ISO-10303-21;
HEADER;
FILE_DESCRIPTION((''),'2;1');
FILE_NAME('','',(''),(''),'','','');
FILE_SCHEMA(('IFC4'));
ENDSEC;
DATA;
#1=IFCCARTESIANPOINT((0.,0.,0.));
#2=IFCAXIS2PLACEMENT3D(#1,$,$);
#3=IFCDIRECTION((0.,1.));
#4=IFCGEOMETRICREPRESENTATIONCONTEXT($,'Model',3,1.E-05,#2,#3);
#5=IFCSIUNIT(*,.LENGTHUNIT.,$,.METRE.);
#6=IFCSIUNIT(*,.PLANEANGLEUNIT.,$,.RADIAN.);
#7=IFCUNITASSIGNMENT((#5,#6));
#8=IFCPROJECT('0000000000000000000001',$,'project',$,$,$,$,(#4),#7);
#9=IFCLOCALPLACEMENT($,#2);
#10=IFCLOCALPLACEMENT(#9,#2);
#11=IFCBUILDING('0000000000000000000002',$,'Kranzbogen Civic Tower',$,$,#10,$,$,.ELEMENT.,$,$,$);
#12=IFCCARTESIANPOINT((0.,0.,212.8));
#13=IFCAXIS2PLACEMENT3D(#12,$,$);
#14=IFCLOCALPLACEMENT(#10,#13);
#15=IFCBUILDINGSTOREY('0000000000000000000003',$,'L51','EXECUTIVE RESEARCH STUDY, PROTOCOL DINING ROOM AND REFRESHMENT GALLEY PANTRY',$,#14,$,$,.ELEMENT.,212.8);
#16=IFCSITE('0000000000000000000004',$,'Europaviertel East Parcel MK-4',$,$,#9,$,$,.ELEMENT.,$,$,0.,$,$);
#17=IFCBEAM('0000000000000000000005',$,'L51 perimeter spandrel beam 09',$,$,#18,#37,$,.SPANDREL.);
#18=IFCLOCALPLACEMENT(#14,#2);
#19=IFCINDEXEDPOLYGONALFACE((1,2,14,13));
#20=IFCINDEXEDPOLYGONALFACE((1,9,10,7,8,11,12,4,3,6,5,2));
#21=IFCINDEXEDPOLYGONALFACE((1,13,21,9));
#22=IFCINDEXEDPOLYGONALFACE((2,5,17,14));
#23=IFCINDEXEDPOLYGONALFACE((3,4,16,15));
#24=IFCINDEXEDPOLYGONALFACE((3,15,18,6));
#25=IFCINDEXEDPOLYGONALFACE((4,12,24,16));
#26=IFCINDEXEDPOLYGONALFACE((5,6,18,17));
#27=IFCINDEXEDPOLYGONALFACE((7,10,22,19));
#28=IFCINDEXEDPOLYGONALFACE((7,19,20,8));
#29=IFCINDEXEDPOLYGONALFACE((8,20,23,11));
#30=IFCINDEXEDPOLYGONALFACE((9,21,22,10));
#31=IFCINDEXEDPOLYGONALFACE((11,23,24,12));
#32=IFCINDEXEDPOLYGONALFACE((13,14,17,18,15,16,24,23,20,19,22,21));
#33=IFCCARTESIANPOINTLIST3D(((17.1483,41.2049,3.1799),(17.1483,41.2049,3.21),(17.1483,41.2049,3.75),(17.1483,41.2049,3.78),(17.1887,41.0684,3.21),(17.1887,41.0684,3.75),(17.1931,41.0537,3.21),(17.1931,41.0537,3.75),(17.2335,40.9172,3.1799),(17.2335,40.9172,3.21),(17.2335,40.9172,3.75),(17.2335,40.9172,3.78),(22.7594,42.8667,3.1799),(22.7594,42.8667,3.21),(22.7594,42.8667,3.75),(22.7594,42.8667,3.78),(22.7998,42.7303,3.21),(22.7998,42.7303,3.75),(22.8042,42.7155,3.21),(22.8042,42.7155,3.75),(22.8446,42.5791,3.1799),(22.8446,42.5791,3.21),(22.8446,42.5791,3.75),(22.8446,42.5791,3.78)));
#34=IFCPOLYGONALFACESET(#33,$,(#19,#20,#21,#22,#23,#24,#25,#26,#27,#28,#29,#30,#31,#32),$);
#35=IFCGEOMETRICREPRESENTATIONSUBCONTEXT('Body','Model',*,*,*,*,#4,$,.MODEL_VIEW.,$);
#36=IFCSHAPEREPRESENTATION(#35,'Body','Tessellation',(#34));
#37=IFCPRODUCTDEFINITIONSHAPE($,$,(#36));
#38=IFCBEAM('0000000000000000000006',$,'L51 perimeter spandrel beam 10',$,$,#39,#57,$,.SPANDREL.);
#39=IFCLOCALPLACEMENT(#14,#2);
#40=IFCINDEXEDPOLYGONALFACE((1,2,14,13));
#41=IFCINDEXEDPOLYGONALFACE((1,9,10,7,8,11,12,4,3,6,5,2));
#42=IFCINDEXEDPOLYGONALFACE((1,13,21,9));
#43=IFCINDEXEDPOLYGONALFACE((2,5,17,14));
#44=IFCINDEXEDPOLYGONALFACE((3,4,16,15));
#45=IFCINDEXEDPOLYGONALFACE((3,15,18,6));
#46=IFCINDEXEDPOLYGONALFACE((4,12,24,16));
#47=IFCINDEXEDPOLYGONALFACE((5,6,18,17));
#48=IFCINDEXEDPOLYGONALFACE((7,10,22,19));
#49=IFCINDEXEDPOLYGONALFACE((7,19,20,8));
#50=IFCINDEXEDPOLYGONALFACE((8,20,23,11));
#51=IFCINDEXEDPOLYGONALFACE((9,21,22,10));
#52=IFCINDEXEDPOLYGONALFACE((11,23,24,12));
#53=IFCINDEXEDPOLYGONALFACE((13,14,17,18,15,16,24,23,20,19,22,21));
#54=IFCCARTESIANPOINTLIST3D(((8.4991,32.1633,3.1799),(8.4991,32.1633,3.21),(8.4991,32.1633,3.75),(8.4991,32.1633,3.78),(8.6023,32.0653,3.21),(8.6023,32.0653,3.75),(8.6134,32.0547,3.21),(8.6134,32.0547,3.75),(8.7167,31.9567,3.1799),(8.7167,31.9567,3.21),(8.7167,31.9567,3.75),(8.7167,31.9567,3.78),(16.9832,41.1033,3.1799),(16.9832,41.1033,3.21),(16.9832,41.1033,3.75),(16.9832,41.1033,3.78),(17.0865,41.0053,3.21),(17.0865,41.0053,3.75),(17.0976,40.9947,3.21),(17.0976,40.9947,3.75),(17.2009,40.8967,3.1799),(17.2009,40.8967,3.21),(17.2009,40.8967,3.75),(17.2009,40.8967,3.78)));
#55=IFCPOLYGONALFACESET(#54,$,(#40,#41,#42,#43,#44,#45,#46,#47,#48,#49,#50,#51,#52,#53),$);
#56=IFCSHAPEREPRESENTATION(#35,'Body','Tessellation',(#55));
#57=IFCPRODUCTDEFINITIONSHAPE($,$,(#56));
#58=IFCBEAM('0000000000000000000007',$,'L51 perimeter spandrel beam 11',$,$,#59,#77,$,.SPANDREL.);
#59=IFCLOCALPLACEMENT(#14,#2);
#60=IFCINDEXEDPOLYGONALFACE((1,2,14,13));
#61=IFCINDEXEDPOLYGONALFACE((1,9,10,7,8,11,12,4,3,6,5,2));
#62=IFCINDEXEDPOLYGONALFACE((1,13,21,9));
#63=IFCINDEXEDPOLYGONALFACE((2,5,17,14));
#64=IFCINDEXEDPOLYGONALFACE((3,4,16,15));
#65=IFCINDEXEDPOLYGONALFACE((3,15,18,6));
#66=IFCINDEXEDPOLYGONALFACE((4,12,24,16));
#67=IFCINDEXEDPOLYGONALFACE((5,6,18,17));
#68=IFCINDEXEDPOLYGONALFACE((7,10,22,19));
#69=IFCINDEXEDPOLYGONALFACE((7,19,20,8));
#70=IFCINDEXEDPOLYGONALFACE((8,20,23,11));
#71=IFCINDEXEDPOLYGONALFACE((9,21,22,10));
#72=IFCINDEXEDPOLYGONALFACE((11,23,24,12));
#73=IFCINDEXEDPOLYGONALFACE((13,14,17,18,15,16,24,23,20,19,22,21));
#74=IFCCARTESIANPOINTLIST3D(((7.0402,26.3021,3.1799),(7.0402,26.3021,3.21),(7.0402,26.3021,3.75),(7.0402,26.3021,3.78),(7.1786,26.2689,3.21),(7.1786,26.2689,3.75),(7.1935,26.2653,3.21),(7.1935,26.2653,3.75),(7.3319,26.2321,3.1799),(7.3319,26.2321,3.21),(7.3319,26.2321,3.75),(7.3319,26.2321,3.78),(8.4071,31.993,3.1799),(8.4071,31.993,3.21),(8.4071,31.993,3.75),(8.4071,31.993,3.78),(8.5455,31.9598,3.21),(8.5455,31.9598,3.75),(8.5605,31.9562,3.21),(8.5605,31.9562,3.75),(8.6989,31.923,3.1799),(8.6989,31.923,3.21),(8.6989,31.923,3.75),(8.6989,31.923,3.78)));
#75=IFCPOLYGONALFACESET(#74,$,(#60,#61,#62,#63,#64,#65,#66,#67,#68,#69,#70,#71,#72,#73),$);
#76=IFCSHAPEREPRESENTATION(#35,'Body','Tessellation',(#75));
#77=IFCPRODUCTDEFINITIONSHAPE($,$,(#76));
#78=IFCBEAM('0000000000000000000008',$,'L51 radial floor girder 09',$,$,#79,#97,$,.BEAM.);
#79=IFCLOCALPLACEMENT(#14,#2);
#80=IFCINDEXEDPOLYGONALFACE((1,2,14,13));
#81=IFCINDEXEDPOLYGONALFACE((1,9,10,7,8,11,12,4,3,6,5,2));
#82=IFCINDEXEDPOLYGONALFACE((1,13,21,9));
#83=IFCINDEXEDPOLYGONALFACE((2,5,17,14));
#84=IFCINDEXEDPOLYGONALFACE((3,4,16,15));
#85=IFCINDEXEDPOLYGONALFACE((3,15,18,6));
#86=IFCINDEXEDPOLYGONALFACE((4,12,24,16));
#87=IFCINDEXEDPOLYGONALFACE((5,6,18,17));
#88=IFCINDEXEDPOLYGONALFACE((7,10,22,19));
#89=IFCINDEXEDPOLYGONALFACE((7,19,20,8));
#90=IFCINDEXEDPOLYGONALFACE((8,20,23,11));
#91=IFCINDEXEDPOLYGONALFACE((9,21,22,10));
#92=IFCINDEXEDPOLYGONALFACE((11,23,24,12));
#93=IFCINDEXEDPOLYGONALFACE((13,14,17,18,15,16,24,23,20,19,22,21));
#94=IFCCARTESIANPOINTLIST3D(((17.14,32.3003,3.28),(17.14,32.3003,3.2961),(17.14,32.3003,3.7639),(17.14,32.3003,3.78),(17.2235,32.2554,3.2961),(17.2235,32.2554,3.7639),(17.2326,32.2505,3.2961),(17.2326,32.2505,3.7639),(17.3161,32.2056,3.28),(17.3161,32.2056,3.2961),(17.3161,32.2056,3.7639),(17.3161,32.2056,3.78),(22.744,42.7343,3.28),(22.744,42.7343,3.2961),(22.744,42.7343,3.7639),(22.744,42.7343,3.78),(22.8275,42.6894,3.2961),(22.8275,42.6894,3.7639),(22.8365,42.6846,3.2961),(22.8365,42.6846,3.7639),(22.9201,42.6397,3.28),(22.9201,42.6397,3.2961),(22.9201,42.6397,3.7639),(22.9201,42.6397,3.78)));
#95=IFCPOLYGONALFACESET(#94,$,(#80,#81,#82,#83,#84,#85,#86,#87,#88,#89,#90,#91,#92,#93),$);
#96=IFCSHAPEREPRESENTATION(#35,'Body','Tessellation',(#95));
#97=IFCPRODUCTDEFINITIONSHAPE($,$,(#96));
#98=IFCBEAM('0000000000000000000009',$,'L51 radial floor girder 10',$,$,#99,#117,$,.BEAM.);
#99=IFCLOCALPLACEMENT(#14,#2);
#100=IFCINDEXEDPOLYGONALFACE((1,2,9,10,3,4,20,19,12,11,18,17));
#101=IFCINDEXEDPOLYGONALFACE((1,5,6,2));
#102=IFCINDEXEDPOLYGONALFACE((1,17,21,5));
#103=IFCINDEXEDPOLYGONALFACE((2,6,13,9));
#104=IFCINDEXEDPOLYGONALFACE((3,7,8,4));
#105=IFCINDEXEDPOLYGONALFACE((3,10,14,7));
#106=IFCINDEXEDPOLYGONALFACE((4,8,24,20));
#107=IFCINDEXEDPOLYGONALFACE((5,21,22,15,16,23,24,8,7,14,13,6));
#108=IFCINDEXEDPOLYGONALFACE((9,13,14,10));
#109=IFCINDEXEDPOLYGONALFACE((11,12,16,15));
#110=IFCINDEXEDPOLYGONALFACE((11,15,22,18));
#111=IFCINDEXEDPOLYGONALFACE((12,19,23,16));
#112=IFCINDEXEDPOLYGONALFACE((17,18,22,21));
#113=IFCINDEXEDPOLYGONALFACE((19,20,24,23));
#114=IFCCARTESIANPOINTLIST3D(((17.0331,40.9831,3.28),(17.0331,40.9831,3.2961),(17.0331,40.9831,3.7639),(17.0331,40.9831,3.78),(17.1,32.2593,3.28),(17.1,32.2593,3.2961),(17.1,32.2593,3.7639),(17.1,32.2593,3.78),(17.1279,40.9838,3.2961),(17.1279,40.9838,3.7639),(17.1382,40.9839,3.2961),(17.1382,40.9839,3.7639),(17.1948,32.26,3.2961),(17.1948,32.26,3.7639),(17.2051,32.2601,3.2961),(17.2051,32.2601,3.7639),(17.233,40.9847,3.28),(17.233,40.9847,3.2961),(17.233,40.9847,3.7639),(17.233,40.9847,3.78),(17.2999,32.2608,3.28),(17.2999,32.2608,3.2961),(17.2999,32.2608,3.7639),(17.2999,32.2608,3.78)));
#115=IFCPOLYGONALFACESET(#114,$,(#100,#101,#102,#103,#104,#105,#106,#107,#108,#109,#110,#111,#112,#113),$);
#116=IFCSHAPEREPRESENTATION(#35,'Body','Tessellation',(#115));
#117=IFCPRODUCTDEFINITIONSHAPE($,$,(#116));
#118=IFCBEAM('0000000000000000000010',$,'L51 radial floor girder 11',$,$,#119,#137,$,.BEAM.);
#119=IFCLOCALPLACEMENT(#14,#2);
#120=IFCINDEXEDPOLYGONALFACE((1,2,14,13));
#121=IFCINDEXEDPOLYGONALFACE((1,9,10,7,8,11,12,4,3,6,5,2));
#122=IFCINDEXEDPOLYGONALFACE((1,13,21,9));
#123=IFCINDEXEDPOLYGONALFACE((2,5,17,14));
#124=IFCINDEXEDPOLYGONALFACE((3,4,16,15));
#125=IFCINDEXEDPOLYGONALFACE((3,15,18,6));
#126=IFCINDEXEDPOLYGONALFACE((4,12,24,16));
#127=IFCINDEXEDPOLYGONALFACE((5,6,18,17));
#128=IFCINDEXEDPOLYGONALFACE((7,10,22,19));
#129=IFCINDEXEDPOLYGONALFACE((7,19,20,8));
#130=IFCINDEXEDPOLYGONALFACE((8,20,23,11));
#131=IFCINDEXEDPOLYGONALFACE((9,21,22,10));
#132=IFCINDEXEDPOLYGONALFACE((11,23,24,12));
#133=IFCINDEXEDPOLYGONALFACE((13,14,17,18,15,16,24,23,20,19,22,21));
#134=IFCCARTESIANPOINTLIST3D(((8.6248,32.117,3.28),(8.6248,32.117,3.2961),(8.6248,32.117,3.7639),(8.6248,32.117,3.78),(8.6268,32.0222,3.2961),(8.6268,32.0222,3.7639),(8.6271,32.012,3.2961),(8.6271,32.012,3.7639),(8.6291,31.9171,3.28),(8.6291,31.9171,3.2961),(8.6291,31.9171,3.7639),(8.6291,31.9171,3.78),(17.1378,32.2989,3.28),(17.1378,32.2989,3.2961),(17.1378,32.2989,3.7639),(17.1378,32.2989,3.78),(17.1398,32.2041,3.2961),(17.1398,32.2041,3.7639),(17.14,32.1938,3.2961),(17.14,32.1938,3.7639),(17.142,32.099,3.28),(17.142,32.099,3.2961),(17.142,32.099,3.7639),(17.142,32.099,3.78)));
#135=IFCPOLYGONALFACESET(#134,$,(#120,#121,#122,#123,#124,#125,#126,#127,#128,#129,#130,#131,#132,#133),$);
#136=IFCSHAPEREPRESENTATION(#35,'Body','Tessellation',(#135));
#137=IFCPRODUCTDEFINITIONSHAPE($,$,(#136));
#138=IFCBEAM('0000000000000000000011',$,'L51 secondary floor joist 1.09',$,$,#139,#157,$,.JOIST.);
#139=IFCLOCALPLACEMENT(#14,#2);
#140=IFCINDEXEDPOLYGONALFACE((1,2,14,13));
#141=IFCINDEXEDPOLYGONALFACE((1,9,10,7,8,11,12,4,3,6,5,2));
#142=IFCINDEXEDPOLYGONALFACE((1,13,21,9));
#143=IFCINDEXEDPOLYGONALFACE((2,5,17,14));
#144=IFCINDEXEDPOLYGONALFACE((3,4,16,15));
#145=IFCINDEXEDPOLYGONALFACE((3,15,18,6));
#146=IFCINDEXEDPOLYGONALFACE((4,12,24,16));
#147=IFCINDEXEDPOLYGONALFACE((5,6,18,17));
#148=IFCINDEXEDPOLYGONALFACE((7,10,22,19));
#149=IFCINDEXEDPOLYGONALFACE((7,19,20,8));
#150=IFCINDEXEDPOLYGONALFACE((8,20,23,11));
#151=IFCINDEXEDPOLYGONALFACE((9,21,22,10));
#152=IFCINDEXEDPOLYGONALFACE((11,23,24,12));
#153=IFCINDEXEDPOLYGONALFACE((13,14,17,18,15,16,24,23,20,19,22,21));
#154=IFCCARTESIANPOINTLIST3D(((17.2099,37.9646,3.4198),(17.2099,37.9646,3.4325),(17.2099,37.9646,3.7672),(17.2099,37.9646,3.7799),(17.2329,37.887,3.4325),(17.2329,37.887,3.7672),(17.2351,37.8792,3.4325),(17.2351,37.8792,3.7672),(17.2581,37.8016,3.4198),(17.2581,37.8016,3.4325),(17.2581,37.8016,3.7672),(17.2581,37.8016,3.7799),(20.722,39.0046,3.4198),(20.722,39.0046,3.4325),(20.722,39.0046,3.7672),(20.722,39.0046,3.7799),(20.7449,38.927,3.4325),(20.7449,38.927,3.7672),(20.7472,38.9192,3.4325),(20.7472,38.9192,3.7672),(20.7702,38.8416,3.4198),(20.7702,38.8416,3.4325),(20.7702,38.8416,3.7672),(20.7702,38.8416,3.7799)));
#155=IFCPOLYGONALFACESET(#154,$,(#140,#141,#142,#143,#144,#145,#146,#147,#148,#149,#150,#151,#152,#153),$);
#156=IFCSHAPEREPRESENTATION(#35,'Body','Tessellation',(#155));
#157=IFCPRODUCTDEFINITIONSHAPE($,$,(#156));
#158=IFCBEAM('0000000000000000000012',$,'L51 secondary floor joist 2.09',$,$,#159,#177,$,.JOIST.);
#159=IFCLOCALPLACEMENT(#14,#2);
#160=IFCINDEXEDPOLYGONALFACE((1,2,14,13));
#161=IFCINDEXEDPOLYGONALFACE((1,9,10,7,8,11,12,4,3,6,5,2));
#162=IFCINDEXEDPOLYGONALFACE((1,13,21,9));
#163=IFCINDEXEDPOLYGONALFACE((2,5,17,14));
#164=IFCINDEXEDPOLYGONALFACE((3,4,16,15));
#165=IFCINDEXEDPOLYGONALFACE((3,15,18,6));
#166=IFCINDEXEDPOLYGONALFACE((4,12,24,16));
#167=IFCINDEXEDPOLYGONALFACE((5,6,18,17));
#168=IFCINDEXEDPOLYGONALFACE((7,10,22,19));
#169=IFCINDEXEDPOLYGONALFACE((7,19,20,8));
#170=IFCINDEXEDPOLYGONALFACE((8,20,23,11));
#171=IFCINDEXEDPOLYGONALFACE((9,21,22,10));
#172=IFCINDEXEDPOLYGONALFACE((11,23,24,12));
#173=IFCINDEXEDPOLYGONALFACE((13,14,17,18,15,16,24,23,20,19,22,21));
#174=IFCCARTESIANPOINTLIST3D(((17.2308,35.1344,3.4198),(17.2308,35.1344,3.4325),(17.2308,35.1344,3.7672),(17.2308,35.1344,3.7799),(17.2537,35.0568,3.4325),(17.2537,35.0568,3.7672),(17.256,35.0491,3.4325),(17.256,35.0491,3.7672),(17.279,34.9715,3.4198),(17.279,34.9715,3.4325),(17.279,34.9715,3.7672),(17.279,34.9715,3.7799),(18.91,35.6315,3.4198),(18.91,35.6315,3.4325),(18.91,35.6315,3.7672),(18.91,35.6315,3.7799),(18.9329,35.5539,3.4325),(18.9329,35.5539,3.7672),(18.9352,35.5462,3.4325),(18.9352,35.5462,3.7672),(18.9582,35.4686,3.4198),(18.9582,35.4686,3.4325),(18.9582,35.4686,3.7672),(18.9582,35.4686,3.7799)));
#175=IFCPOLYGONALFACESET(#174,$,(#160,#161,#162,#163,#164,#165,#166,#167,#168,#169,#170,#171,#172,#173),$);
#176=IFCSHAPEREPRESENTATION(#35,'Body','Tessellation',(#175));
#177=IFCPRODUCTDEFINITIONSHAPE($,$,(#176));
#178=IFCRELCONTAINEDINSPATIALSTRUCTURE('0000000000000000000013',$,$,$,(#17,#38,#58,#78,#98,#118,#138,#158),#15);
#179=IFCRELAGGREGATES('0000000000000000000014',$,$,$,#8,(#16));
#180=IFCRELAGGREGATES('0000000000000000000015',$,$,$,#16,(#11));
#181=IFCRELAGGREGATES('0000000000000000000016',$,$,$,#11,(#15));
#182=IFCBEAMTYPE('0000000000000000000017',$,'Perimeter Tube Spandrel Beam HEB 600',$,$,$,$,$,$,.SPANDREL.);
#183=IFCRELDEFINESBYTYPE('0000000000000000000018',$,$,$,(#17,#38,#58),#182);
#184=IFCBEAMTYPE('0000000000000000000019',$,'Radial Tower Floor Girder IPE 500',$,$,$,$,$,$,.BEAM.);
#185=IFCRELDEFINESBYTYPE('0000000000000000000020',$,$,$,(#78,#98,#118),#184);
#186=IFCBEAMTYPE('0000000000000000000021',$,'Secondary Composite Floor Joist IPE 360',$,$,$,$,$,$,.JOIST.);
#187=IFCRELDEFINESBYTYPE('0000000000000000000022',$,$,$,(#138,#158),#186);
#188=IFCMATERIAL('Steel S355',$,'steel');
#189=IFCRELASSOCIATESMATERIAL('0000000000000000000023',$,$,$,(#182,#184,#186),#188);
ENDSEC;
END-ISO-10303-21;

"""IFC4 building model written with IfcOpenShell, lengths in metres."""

from ifc_helpers import new_model, si_unit, direction, frame, origin, origin_2d, place, context, subcontext, project, spatial, i_section, extrude, material, material_profile, profile_set, type_object, element, save


model = new_model("IFC4")

# Units and contexts
model_context = context("Model", 3, precision=1e-05, world=origin(), true_north=direction((0.0, 1.0)))
body_context = subcontext(model_context, "Body", "Model", "MODEL_VIEW")
ifc_project = project(units=[si_unit("LENGTHUNIT", "METRE"), si_unit("PLANEANGLEUNIT", "RADIAN")], contexts=[model_context])

# Site, building, storey
site_placement = place(None, origin())
site = spatial("IfcSite", under=ifc_project, at=site_placement, Name="Europaviertel East Parcel MK-4", CompositionType="ELEMENT", RefElevation=0.0)
building_placement = place(site_placement, origin())
building = spatial("IfcBuilding", under=site, at=building_placement, Name="Kranzbogen Civic Tower", CompositionType="ELEMENT")
storey_placement = place(building_placement, frame((0.0, 0.0, 212.8)))
storey = spatial("IfcBuildingStorey", under=building, at=storey_placement, Name="L51", Description="EXECUTIVE RESEARCH STUDY, PROTOCOL DINING ROOM AND REFRESHMENT GALLEY PANTRY", CompositionType="ELEMENT", Elevation=212.8)

# Shared definitions
ifc_material_1 = material(Name="Steel S355", Category="steel")

# Beams
ifc_material_profile_1 = material_profile(ifc_material_1, i_section(OverallWidth=0.3, OverallDepth=0.6001, WebThickness=0.0154, FlangeThickness=0.03, at=origin_2d()), Name="HEB 600")
ifc_profile_set_1 = profile_set([ifc_material_profile_1], Name="Steel S355")
beam_type_1 = type_object("IfcBeamType", Name="Perimeter Tube Spandrel Beam HEB 600", PredefinedType="SPANDREL", material=ifc_profile_set_1)
beam_1_placement = place(storey_placement, frame((22.802, 42.7229, 3.48), z_axis=(-0.95883, -0.283982, 0.0), x_axis=(0.283982, -0.95883, 0.0)))
element("IfcBeam", 1, at=beam_1_placement, inside=storey, type_object=beam_type_1, Name="L51 perimeter spandrel beam 09", PredefinedType="SPANDREL", context=body_context, shape_type="SweptSolid", body=[
    extrude(i_section(OverallWidth=0.3, OverallDepth=0.6001, WebThickness=0.0154, FlangeThickness=0.03, at=origin_2d()), origin(), (0.0, 0.0, 1.0), 5.8521),
])
beam_2_placement = place(storey_placement, frame((17.092, 41.0, 3.48), z_axis=(-0.688373, -0.725356, 0.0), x_axis=(0.725356, -0.688373, 0.0)))
element("IfcBeam", 2, at=beam_2_placement, inside=storey, type_object=beam_type_1, Name="L51 perimeter spandrel beam 10", PredefinedType="SPANDREL", context=body_context, shape_type="SweptSolid", body=[
    extrude(i_section(OverallWidth=0.3, OverallDepth=0.6001, WebThickness=0.0154, FlangeThickness=0.03, at=origin_2d()), origin(), (0.0, 0.0, 1.0), 12.325),
])
beam_3_placement = place(storey_placement, frame((8.553, 31.958, 3.48), z_axis=(-0.233554, -0.972344, 0.0), x_axis=(0.972344, -0.233554, 0.0)))
element("IfcBeam", 3, at=beam_3_placement, inside=storey, type_object=beam_type_1, Name="L51 perimeter spandrel beam 11", PredefinedType="SPANDREL", context=body_context, shape_type="SweptSolid", body=[
    extrude(i_section(OverallWidth=0.3, OverallDepth=0.6001, WebThickness=0.0154, FlangeThickness=0.03, at=origin_2d()), origin(), (0.0, 0.0, 1.0), 5.8528),
])
ifc_material_profile_2 = material_profile(ifc_material_1, i_section(OverallWidth=0.2, OverallDepth=0.5, WebThickness=0.0103, FlangeThickness=0.0161, at=origin_2d()), Name="IPE 500")
ifc_profile_set_2 = profile_set([ifc_material_profile_2], Name="Steel S355")
beam_type_2 = type_object("IfcBeamType", Name="Radial Tower Floor Girder IPE 500", PredefinedType="BEAM", material=ifc_profile_set_2)
beam_4_placement = place(storey_placement, frame((22.832, 42.687, 3.53), z_axis=(-0.47316, -0.880976, 0.0), x_axis=(0.880976, -0.47316, 0.0)))
element("IfcBeam", 4, at=beam_4_placement, inside=storey, type_object=beam_type_2, Name="L51 radial floor girder 09", PredefinedType="BEAM", context=body_context, shape_type="SweptSolid", body=[
    extrude(i_section(OverallWidth=0.2, OverallDepth=0.5, WebThickness=0.0103, FlangeThickness=0.0161, at=origin_2d()), origin(), (0.0, 0.0, 1.0), 11.8438),
])
beam_5_placement = place(storey_placement, frame((17.1331, 40.9839, 3.53), z_axis=(0.007668, -0.999971, 0.0), x_axis=(0.999971, 0.007668, 0.0)))
element("IfcBeam", 5, at=beam_5_placement, inside=storey, type_object=beam_type_2, Name="L51 radial floor girder 10", PredefinedType="BEAM", context=body_context, shape_type="SweptSolid", body=[
    extrude(i_section(OverallWidth=0.2, OverallDepth=0.5, WebThickness=0.0103, FlangeThickness=0.0161, at=origin_2d()), origin(), (0.0, 0.0, 1.0), 8.7241),
])
beam_6_placement = place(storey_placement, frame((8.627, 32.0171, 3.53), z_axis=(0.999772, 0.021361, 0.0), x_axis=(-0.021361, 0.999772, 0.0)))
element("IfcBeam", 6, at=beam_6_placement, inside=storey, type_object=beam_type_2, Name="L51 radial floor girder 11", PredefinedType="BEAM", context=body_context, shape_type="SweptSolid", body=[
    extrude(i_section(OverallWidth=0.2, OverallDepth=0.5, WebThickness=0.0103, FlangeThickness=0.0161, at=origin_2d()), origin(), (0.0, 0.0, 1.0), 8.5149),
])
ifc_material_profile_3 = material_profile(ifc_material_1, i_section(OverallWidth=0.1699, OverallDepth=0.3601, WebThickness=0.0081, FlangeThickness=0.0127, at=origin_2d()), Name="IPE 360")
ifc_profile_set_3 = profile_set([ifc_material_profile_3], Name="Steel S355")
beam_type_3 = type_object("IfcBeamType", Name="Secondary Composite Floor Joist IPE 360", PredefinedType="JOIST", material=ifc_profile_set_3)
beam_7_placement = place(storey_placement, frame((20.7461, 38.9231, 3.5999), z_axis=(-0.958844, -0.283934, 0.0), x_axis=(0.283934, -0.958844, 0.0)))
element("IfcBeam", 7, at=beam_7_placement, inside=storey, type_object=beam_type_3, Name="L51 secondary floor joist 1.09", PredefinedType="JOIST", context=body_context, shape_type="SweptSolid", body=[
    extrude(i_section(OverallWidth=0.1699, OverallDepth=0.3601, WebThickness=0.0081, FlangeThickness=0.0127, at=origin_2d()), origin(), (0.0, 0.0, 1.0), 3.6628),
])
beam_8_placement = place(storey_placement, frame((18.9341, 35.55, 3.5999), z_axis=(-0.958871, -0.283841, 0.0), x_axis=(0.283841, -0.958871, 0.0)))
element("IfcBeam", 8, at=beam_8_placement, inside=storey, type_object=beam_type_3, Name="L51 secondary floor joist 2.09", PredefinedType="JOIST", context=body_context, shape_type="SweptSolid", body=[
    extrude(i_section(OverallWidth=0.1699, OverallDepth=0.3601, WebThickness=0.0081, FlangeThickness=0.0127, at=origin_2d()), origin(), (0.0, 0.0, 1.0), 1.7512),
])

save(model, "model.ifc")
